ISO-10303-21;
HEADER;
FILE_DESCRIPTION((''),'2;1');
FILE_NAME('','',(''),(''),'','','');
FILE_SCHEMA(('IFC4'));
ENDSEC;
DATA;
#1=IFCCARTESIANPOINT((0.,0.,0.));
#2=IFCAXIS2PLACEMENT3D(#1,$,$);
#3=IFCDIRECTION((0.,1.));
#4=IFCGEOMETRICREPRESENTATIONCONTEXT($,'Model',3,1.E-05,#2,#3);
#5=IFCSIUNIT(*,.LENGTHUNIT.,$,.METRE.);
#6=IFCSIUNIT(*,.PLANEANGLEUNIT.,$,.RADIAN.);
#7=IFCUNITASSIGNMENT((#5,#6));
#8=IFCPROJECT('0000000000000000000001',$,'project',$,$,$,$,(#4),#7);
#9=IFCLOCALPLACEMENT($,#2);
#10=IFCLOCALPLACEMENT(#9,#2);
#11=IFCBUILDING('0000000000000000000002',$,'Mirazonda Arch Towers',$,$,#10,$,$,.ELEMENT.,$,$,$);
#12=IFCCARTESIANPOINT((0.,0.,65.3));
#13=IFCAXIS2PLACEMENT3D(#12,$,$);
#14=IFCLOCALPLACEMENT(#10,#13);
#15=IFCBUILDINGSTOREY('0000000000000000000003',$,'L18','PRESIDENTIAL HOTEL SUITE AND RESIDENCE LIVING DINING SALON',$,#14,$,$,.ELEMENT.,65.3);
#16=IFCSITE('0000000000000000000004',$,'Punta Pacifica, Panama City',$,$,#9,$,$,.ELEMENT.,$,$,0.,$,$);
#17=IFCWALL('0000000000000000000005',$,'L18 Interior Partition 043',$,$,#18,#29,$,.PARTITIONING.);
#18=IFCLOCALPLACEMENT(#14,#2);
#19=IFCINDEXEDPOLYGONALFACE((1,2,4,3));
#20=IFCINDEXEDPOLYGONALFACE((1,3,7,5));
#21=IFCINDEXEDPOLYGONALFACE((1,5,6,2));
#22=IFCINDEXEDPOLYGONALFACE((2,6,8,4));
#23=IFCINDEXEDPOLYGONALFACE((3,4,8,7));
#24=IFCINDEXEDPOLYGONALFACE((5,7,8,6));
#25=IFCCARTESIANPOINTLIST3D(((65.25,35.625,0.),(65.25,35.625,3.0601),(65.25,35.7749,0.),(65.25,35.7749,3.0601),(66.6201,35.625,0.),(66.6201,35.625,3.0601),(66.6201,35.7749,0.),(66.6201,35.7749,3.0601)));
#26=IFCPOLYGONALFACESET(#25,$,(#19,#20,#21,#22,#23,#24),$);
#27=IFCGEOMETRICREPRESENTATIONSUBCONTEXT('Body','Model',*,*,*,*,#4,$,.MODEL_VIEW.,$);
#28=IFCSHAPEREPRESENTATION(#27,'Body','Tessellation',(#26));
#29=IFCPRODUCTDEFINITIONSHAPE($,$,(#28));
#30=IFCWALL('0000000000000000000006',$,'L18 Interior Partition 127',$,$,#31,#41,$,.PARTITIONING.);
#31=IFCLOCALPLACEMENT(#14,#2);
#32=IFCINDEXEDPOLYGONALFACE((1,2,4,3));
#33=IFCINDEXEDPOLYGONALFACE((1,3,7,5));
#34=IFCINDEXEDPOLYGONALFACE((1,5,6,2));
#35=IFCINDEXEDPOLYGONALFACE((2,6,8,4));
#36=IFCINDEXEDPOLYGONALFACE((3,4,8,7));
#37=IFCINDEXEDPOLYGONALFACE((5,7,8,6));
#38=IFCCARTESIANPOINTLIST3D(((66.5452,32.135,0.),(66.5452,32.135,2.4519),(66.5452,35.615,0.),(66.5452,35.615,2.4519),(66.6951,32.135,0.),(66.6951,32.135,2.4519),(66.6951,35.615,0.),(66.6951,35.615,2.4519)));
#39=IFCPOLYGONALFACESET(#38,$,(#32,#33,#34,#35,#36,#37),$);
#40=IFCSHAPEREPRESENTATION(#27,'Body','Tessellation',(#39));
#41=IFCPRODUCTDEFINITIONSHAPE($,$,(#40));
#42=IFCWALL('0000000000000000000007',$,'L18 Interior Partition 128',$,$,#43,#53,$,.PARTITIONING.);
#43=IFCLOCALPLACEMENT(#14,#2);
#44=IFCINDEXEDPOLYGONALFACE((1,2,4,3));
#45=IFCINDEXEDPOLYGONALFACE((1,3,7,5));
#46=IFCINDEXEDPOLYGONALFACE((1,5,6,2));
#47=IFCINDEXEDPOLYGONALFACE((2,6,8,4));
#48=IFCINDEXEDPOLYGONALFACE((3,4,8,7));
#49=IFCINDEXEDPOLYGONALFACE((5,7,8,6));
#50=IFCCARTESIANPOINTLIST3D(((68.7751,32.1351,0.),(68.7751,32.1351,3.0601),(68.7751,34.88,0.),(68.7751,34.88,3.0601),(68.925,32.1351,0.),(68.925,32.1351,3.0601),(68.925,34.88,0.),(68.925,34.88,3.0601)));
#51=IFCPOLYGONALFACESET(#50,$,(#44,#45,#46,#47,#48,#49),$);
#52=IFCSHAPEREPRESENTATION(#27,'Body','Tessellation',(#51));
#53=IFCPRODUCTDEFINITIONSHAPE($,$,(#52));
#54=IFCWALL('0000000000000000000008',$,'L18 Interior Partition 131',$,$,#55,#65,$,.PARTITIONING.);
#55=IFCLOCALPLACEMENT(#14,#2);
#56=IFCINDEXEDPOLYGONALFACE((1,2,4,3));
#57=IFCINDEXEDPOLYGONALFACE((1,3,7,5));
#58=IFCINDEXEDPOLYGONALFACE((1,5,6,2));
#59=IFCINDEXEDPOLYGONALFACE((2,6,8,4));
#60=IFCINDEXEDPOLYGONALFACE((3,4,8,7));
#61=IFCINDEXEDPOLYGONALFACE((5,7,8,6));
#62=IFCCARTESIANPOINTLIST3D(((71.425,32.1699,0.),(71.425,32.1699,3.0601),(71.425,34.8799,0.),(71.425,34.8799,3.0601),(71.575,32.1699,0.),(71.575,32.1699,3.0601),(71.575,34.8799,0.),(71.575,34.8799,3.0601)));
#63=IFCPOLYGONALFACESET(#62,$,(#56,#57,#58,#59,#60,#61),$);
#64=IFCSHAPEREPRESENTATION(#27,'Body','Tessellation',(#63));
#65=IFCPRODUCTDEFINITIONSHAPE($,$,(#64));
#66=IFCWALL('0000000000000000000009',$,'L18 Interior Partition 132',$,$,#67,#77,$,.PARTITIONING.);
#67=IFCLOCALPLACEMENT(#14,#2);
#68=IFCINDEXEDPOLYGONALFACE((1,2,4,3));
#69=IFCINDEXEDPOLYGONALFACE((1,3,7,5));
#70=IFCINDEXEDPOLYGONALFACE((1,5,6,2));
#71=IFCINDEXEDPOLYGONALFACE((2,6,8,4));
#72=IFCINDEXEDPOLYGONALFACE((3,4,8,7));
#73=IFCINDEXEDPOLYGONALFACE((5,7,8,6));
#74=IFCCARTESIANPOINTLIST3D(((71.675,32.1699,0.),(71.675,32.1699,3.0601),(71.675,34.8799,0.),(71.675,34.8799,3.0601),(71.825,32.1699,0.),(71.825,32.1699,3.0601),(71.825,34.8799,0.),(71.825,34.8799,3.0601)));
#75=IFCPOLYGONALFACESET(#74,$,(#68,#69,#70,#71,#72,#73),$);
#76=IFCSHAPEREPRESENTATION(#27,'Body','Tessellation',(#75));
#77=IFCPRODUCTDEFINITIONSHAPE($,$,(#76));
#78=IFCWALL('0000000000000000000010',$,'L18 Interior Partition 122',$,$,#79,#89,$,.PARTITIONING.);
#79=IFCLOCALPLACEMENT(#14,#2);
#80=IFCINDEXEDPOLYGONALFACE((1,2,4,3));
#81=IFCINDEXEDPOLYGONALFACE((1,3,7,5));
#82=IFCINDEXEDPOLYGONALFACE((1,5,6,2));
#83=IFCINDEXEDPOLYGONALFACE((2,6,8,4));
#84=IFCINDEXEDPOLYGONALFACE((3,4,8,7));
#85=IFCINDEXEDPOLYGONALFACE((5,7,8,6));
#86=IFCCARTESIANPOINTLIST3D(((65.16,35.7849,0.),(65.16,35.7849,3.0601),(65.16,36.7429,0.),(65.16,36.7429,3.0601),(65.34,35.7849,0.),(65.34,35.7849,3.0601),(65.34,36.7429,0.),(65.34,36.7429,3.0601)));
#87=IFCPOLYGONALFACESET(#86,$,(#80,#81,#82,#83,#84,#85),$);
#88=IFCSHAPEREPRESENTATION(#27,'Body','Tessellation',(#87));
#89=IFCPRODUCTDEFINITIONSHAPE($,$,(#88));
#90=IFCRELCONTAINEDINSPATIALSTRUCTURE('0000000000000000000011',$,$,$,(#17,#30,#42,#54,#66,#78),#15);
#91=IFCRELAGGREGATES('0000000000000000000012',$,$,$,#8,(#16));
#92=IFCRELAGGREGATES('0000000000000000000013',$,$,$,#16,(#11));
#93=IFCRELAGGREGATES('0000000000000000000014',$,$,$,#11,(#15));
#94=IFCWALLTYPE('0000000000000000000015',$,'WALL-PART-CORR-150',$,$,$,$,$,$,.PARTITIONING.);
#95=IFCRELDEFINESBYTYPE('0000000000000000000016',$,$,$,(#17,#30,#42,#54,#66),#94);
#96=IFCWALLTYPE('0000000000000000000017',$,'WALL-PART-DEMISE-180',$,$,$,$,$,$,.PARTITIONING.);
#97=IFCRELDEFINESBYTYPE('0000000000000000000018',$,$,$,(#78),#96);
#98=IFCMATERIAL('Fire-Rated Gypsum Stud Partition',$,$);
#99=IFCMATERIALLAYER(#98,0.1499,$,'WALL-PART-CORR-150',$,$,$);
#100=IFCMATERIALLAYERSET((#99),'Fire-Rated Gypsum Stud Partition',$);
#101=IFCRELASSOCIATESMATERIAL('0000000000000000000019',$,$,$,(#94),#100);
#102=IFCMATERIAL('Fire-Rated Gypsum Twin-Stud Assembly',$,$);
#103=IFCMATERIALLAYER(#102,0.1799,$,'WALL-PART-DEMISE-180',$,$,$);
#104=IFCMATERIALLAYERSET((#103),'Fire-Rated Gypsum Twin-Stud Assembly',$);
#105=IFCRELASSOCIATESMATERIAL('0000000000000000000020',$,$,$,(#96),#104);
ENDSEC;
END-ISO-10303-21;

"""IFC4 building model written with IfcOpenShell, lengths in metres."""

from ifc_helpers import new_model, si_unit, direction, frame, frame_2d, origin, place, context, subcontext, project, spatial, rectangle, extrude, material, layer, layer_set, type_object, element, save


model = new_model("IFC4")

# Units and contexts
model_context = context("Model", 3, precision=1e-05, world=origin(), true_north=direction((0.0, 1.0)))
body_context = subcontext(model_context, "Body", "Model", "MODEL_VIEW")
ifc_project = project(units=[si_unit("LENGTHUNIT", "METRE"), si_unit("PLANEANGLEUNIT", "RADIAN")], contexts=[model_context])

# Site, building, storey
site_placement = place(None, origin())
site = spatial("IfcSite", under=ifc_project, at=site_placement, Name="Punta Pacifica, Panama City", CompositionType="ELEMENT", RefElevation=0.0)
building_placement = place(site_placement, origin())
building = spatial("IfcBuilding", under=site, at=building_placement, Name="Mirazonda Arch Towers", CompositionType="ELEMENT")
storey_placement = place(building_placement, frame((0.0, 0.0, 65.3)))
storey = spatial("IfcBuildingStorey", under=building, at=storey_placement, Name="L18", Description="PRESIDENTIAL HOTEL SUITE AND RESIDENCE LIVING DINING SALON", CompositionType="ELEMENT", Elevation=65.3)

# Shared definitions
ifc_material_1 = material(Name="Fire-Rated Gypsum Stud Partition")
ifc_layer_1 = layer(ifc_material_1, 0.1499, Name="WALL-PART-CORR-150")
ifc_layer_set_1 = layer_set([ifc_layer_1], Name="Fire-Rated Gypsum Stud Partition")
wall_type_1 = type_object("IfcWallType", Name="WALL-PART-CORR-150", PredefinedType="PARTITIONING", material=ifc_layer_set_1)

# Walls
wall_1_placement = place(storey_placement, frame((65.25, 35.7, 0.0), z_axis=(0.0, 0.0, 1.0), x_axis=(1.0, 0.0, 0.0)))
element("IfcWall", 1, at=wall_1_placement, inside=storey, type_object=wall_type_1, Name="L18 Interior Partition 043", PredefinedType="PARTITIONING", context=body_context, shape_type="SweptSolid", body=[
    extrude(rectangle(XDim=1.3701, YDim=0.1499, at=frame_2d((0.6851, 0.0))), origin(), (0.0, 0.0, 1.0), 3.0601),
])
wall_2_placement = place(storey_placement, frame((66.6201, 32.135, 0.0), z_axis=(0.0, 0.0, 1.0), x_axis=(0.0, 1.0, 0.0)))
element("IfcWall", 2, at=wall_2_placement, inside=storey, type_object=wall_type_1, Name="L18 Interior Partition 127", PredefinedType="PARTITIONING", context=body_context, shape_type="SweptSolid", body=[
    extrude(rectangle(XDim=3.48, YDim=0.1499, at=frame_2d((1.74, 0.0))), origin(), (0.0, 0.0, 1.0), 2.4519),
])
wall_3_placement = place(storey_placement, frame((68.8501, 32.135, 0.0), z_axis=(0.0, 0.0, 1.0), x_axis=(0.0, 1.0, 0.0)))
element("IfcWall", 3, at=wall_3_placement, inside=storey, type_object=wall_type_1, Name="L18 Interior Partition 128", PredefinedType="PARTITIONING", context=body_context, shape_type="SweptSolid", body=[
    extrude(rectangle(XDim=2.7449, YDim=0.1499, at=frame_2d((1.3726, 0.0))), origin(), (0.0, 0.0, 1.0), 3.0601),
])
for number, where, z_axis, x_axis, name in (
    (4, (71.5, 32.1699, 0.0), (0.0, 0.0, 1.0), (0.0, 1.0, 0.0), "L18 Interior Partition 131"),
    (5, (71.75, 32.1699, 0.0), (0.0, 0.0, 1.0), (0.0, 1.0, 0.0), "L18 Interior Partition 132"),
):
    element("IfcWall", number, at=place(storey_placement, frame(where, z_axis=z_axis, x_axis=x_axis)), inside=storey, type_object=wall_type_1, Name=name, PredefinedType="PARTITIONING", context=body_context, shape_type="SweptSolid", body=[
        extrude(rectangle(XDim=2.71, YDim=0.1499, at=frame_2d((1.355, 0.0))), origin(), (0.0, 0.0, 1.0), 3.0601),
    ])
ifc_material_2 = material(Name="Fire-Rated Gypsum Twin-Stud Assembly")
ifc_layer_2 = layer(ifc_material_2, 0.1799, Name="WALL-PART-DEMISE-180")
ifc_layer_set_2 = layer_set([ifc_layer_2], Name="Fire-Rated Gypsum Twin-Stud Assembly")
wall_type_2 = type_object("IfcWallType", Name="WALL-PART-DEMISE-180", PredefinedType="PARTITIONING", material=ifc_layer_set_2)
wall_4_placement = place(storey_placement, frame((65.25, 35.7849, 0.0), z_axis=(0.0, 0.0, 1.0), x_axis=(0.0, 1.0, 0.0)))
element("IfcWall", 6, at=wall_4_placement, inside=storey, type_object=wall_type_2, Name="L18 Interior Partition 122", PredefinedType="PARTITIONING", context=body_context, shape_type="SweptSolid", body=[
    extrude(rectangle(XDim=0.958, YDim=0.1799, at=frame_2d((0.479, 0.0))), origin(), (0.0, 0.0, 1.0), 3.0601),
])

save(model, "model.ifc")
